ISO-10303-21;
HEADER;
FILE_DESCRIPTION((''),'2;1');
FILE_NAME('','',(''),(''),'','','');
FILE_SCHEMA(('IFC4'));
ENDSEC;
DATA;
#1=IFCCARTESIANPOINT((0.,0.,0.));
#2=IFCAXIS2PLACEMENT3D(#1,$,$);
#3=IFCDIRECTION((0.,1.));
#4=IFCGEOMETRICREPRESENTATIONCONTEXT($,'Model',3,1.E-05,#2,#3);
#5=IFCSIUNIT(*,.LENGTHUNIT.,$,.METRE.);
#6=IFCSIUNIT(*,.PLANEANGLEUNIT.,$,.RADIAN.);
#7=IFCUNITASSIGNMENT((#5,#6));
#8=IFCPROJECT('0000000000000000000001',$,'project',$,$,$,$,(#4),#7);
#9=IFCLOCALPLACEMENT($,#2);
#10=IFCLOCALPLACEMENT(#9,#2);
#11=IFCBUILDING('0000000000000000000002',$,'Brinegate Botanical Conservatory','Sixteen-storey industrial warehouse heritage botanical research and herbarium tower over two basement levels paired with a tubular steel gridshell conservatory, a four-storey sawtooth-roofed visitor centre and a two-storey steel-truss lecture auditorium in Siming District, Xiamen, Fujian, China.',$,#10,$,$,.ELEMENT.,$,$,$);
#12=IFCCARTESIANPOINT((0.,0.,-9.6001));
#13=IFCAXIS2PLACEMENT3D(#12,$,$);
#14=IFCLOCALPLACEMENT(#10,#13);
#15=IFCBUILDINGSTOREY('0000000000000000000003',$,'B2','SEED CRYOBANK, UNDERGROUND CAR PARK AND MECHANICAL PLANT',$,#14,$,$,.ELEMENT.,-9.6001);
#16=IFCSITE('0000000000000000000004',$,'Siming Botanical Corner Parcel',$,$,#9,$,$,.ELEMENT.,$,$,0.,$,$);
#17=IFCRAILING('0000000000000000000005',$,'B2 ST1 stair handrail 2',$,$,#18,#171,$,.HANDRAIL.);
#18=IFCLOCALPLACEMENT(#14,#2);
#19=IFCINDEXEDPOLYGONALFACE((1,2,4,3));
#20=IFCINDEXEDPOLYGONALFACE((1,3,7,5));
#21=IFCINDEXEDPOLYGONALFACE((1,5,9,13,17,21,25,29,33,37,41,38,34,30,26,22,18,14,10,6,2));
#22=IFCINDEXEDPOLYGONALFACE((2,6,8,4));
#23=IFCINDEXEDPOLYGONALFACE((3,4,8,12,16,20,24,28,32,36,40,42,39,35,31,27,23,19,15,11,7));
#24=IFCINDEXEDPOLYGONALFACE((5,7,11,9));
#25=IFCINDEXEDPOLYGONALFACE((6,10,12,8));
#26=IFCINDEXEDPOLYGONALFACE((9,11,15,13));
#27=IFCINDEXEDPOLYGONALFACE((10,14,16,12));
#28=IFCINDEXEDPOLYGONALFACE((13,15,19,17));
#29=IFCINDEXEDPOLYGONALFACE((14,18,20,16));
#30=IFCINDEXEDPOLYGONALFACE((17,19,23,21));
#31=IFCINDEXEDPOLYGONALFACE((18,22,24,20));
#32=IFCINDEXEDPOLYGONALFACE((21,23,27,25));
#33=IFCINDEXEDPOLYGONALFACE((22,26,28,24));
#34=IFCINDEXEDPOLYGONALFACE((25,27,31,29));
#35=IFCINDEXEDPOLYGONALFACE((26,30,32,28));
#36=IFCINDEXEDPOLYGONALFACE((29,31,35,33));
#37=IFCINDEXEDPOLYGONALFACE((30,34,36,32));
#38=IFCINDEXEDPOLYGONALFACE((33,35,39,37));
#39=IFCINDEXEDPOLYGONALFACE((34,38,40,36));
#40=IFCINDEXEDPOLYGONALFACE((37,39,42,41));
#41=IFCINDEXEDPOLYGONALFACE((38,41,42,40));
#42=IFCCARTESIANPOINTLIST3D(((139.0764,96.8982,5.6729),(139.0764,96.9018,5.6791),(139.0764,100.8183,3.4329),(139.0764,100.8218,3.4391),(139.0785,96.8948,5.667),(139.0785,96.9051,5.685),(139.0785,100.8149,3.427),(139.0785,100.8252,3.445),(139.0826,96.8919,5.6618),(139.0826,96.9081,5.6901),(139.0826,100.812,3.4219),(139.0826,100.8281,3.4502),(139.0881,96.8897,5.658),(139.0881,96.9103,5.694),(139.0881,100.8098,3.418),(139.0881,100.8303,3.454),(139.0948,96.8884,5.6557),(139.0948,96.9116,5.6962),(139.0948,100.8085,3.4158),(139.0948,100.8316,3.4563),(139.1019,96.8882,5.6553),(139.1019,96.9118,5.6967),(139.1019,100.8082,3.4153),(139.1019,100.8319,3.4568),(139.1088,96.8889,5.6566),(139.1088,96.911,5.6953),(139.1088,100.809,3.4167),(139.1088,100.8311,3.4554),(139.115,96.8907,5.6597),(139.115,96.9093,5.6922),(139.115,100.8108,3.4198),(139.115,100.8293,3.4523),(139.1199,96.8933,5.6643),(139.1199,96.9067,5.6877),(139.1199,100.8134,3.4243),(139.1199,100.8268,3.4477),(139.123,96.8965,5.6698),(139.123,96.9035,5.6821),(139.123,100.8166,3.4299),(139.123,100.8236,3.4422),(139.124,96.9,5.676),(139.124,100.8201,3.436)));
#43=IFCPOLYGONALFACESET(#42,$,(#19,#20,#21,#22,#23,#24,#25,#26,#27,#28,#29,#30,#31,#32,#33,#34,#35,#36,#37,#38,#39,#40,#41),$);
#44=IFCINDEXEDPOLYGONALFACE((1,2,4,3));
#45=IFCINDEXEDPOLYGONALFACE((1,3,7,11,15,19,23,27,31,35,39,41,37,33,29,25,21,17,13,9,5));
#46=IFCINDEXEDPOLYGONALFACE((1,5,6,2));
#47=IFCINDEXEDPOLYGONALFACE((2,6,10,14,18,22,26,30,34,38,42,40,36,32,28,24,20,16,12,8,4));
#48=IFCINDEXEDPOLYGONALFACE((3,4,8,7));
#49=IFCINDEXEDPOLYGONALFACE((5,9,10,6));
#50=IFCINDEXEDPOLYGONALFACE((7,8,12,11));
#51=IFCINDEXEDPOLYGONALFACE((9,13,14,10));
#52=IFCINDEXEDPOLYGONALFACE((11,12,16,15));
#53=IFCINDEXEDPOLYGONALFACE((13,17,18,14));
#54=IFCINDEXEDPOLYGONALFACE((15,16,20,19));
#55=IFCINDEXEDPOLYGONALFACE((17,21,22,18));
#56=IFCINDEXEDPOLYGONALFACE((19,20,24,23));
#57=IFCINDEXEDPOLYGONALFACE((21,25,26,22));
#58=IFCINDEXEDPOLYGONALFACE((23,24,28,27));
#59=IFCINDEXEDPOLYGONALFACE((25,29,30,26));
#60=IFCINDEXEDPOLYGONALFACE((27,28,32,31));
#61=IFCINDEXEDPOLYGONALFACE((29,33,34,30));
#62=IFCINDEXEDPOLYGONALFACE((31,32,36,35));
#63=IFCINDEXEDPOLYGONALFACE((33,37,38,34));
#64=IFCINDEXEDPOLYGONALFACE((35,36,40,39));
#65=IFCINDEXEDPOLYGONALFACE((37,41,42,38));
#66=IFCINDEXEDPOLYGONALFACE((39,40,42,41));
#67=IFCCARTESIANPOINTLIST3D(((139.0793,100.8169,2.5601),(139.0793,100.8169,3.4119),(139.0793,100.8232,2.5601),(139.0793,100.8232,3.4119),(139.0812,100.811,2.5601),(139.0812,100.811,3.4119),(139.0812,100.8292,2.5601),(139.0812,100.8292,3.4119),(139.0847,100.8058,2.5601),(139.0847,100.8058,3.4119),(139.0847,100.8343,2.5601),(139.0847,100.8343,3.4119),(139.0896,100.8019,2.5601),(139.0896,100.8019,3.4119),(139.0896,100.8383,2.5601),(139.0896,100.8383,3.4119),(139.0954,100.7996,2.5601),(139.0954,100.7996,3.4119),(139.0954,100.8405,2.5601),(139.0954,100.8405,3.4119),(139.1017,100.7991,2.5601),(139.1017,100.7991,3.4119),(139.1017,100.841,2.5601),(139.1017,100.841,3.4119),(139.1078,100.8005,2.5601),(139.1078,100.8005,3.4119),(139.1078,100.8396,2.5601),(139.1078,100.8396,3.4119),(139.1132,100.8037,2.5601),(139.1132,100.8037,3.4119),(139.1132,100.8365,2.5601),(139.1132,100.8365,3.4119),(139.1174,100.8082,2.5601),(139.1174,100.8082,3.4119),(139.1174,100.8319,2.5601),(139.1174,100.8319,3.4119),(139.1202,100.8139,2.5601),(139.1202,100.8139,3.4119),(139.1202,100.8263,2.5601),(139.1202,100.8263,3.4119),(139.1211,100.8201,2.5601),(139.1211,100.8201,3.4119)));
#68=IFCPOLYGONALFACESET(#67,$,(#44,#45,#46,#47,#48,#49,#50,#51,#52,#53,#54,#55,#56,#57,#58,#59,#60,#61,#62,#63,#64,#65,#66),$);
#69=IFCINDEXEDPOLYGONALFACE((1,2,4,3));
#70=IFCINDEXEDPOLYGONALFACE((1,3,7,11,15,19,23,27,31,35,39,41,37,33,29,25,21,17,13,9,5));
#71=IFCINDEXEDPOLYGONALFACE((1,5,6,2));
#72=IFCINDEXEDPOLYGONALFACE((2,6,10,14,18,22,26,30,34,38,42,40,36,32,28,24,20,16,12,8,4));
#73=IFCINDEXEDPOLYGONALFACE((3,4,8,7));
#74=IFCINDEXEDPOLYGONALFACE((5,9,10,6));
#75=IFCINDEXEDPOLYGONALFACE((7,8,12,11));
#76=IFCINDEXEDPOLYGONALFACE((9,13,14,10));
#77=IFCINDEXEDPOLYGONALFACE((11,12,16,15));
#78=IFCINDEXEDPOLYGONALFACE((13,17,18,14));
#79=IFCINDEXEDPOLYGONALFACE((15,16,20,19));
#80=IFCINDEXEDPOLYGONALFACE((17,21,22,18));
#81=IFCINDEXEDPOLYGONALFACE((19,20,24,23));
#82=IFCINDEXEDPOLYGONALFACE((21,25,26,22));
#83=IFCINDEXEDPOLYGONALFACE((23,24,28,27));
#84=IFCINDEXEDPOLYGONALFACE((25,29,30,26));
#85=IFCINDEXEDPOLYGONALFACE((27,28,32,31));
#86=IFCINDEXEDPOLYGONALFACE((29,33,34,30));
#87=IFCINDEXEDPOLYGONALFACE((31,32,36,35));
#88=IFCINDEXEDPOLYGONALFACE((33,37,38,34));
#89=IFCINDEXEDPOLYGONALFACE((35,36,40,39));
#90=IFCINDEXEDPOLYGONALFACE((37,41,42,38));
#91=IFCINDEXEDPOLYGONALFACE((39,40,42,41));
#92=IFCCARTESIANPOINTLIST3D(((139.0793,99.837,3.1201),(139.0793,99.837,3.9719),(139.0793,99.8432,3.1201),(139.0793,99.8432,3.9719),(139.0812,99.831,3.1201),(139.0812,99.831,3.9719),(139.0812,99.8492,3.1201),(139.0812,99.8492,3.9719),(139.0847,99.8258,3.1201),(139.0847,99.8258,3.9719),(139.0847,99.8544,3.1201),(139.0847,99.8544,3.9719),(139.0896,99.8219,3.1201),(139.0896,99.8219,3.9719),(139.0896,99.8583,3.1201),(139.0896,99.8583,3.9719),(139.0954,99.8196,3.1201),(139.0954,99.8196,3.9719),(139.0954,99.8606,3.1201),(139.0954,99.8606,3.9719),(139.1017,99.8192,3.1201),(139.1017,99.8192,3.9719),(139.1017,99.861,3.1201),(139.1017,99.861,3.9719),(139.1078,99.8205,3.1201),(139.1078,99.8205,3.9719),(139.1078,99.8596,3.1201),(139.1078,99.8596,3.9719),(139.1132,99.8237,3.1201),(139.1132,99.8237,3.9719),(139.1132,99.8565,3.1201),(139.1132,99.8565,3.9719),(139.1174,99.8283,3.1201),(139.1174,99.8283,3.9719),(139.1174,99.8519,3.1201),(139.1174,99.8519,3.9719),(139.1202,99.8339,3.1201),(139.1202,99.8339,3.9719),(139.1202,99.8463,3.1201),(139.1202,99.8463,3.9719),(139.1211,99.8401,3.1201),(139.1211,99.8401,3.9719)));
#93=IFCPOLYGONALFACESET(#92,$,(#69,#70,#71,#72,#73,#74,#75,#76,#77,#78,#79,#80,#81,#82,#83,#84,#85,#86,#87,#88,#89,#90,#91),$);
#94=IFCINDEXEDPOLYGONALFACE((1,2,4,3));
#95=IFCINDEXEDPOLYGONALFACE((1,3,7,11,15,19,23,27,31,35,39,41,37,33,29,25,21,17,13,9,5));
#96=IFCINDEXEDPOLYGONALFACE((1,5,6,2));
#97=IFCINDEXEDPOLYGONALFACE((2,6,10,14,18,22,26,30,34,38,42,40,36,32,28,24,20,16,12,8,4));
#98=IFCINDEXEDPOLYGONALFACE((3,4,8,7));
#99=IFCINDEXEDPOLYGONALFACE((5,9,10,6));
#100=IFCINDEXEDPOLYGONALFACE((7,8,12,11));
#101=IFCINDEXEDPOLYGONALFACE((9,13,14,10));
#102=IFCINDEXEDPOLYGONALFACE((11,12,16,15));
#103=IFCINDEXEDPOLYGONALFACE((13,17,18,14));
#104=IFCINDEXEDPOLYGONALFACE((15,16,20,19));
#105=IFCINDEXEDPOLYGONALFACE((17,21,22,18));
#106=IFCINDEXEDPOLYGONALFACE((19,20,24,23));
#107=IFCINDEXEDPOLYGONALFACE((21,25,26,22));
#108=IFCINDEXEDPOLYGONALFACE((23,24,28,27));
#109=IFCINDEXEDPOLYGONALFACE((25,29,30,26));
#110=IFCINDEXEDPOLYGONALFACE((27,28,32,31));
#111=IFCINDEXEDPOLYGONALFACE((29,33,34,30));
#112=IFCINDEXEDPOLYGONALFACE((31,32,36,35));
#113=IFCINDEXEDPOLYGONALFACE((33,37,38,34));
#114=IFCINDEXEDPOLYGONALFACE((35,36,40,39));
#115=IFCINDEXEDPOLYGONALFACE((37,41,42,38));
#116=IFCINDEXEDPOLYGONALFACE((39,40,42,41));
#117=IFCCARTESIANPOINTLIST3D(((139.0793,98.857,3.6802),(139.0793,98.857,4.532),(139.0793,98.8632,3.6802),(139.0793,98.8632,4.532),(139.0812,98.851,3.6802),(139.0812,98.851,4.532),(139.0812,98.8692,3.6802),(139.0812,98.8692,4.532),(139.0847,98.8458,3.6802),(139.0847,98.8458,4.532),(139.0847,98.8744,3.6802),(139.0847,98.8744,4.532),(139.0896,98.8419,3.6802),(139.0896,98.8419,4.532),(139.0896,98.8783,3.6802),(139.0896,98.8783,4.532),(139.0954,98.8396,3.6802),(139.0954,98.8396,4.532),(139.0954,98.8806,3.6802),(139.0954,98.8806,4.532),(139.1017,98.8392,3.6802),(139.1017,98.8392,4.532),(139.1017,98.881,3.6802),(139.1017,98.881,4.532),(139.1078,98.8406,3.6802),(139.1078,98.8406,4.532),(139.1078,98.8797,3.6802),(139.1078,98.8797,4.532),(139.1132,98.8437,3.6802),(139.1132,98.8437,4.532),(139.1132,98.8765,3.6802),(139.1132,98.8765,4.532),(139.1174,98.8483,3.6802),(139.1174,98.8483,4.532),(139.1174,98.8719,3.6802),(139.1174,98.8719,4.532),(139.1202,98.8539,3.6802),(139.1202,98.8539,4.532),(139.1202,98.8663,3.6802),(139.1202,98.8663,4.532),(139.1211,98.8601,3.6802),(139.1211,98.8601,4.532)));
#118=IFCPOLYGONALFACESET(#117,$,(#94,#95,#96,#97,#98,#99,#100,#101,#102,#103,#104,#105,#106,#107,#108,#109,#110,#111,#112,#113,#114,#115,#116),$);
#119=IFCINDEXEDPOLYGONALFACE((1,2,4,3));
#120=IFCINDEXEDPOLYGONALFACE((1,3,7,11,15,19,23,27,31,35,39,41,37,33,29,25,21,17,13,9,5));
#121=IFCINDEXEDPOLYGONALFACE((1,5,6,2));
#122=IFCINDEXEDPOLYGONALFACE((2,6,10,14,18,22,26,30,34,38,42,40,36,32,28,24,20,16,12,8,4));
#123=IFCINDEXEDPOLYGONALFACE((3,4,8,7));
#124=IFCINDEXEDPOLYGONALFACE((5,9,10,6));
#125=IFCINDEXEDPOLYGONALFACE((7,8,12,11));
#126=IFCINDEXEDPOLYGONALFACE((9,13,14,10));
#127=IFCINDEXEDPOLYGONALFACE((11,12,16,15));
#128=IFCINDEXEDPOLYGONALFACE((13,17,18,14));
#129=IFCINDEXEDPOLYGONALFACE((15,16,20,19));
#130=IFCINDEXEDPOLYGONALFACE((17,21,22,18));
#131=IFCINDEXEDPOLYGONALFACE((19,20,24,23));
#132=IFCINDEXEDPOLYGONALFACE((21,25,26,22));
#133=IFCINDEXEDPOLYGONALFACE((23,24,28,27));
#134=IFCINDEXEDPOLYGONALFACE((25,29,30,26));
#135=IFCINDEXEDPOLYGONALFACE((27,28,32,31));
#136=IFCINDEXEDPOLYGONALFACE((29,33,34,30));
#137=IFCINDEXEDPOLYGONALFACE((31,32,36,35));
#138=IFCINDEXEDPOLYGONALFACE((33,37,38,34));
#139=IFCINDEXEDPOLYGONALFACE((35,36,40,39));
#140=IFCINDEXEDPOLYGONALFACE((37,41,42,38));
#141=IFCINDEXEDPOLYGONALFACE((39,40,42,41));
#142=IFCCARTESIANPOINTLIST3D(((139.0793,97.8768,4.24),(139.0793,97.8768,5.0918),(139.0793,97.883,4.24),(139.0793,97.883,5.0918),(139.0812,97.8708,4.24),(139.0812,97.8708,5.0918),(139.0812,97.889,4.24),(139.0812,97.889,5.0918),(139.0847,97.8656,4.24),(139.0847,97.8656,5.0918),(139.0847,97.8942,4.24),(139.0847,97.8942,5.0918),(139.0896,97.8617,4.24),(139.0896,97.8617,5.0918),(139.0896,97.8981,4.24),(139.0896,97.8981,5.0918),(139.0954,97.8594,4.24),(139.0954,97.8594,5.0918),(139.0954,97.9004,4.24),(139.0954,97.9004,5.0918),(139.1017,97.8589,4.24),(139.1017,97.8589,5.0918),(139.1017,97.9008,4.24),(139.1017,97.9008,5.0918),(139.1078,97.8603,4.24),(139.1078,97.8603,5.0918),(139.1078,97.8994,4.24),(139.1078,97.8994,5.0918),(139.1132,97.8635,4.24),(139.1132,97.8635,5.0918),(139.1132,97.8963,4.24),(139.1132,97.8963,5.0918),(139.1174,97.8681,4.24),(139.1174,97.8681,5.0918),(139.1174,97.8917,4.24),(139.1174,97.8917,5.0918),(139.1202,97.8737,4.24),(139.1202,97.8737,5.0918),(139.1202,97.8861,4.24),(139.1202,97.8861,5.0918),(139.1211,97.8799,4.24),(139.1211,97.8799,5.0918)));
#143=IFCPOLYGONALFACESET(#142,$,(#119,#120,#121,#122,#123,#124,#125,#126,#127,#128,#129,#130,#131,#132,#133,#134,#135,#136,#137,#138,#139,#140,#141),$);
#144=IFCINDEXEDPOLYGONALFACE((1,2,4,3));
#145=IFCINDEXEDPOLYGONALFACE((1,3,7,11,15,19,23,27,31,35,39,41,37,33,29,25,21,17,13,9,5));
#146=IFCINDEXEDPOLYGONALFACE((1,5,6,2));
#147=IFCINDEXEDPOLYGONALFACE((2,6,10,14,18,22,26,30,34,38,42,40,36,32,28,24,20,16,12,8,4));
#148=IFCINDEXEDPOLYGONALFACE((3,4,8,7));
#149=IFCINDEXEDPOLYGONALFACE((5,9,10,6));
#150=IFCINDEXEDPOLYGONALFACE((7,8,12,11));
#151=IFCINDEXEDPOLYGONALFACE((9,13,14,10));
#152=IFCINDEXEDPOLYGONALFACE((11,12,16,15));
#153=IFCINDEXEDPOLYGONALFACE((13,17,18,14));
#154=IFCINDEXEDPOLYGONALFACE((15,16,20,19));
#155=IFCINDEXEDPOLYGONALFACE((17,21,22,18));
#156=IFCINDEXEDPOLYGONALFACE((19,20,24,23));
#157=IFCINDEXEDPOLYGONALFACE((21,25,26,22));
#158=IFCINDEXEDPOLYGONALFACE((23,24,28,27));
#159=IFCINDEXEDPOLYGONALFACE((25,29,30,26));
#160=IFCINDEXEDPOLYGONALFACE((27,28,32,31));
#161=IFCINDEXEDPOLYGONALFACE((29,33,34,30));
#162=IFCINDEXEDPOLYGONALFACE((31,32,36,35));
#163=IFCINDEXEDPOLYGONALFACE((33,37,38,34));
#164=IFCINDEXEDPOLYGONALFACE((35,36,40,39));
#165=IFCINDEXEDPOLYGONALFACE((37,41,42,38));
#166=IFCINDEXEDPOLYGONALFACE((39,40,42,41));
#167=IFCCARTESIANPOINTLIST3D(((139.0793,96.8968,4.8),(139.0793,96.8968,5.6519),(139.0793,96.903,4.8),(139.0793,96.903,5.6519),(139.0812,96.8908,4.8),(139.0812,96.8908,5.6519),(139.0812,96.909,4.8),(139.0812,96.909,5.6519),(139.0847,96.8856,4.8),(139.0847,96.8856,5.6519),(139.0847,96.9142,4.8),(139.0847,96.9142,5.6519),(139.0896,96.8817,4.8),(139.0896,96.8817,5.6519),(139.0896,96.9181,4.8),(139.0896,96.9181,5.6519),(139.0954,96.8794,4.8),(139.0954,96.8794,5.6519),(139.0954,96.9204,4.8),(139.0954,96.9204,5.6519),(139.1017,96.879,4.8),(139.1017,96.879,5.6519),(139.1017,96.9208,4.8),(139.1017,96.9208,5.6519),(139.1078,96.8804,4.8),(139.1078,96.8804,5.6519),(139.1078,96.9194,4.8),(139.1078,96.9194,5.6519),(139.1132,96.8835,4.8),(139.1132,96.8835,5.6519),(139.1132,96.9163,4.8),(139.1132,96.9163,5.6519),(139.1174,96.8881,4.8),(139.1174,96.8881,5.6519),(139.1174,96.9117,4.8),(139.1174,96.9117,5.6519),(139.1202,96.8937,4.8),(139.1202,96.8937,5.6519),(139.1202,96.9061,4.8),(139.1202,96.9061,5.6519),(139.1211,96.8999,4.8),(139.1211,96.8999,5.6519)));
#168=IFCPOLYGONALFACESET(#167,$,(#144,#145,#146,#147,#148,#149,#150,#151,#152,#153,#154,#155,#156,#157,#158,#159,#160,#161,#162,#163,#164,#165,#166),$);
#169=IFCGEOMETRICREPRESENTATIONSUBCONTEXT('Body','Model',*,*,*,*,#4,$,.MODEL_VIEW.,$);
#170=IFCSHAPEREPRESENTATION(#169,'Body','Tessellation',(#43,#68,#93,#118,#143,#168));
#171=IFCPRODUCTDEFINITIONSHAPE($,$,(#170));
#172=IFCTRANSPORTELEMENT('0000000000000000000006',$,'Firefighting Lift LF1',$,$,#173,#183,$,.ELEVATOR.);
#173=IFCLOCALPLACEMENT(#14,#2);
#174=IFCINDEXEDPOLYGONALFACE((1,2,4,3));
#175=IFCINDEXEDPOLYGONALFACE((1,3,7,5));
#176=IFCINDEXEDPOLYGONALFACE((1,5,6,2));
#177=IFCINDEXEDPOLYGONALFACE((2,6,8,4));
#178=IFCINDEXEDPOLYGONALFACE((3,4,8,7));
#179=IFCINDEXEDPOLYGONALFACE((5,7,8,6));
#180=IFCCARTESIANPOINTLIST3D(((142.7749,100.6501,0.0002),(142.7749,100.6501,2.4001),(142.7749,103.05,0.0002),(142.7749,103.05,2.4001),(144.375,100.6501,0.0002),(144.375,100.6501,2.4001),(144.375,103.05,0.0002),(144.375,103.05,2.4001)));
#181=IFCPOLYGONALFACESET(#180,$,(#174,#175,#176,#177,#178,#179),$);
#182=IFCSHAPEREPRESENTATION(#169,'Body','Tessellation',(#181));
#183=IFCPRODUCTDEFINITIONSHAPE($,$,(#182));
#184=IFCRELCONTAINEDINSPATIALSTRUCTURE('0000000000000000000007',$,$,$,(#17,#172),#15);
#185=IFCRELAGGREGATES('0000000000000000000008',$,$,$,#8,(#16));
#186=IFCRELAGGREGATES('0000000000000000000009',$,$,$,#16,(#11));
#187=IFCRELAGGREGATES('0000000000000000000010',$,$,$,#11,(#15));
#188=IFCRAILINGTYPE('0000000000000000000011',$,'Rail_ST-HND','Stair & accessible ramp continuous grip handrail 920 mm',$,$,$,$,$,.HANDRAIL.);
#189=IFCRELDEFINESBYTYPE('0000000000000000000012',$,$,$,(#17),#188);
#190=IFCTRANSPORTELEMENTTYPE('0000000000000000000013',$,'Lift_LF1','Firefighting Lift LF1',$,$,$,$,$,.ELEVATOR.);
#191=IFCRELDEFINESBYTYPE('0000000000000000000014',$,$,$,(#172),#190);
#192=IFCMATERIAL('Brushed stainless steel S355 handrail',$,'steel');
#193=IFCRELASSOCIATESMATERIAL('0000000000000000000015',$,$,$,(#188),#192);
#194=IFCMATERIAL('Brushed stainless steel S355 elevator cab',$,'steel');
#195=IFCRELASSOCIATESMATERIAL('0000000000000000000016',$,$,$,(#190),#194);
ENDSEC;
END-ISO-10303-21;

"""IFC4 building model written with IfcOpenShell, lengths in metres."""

from ifc_helpers import new_model, si_unit, direction, frame, origin, origin_2d, place, context, subcontext, project, spatial, rectangle, circle, extrude, material, type_object, element, save


model = new_model("IFC4")

# Units and contexts
model_context = context("Model", 3, precision=1e-05, world=origin(), true_north=direction((0.0, 1.0)))
body_context = subcontext(model_context, "Body", "Model", "MODEL_VIEW")
ifc_project = project(units=[si_unit("LENGTHUNIT", "METRE"), si_unit("PLANEANGLEUNIT", "RADIAN")], contexts=[model_context])

# Site, building, storey
site_placement = place(None, origin())
site = spatial("IfcSite", under=ifc_project, at=site_placement, Name="Siming Botanical Corner Parcel", CompositionType="ELEMENT", RefElevation=0.0)
building_placement = place(site_placement, origin())
building = spatial("IfcBuilding", under=site, at=building_placement, Name="Brinegate Botanical Conservatory", Description="Sixteen-storey industrial warehouse heritage botanical research and herbarium tower over two basement levels paired with a tubular steel gridshell conservatory, a four-storey sawtooth-roofed visitor centre and a two-storey steel-truss lecture auditorium in Siming District, Xiamen, Fujian, China.", CompositionType="ELEMENT")
storey_placement = place(building_placement, frame((0.0, 0.0, -9.6001)))
storey = spatial("IfcBuildingStorey", under=building, at=storey_placement, Name="B2", Description="SEED CRYOBANK, UNDERGROUND CAR PARK AND MECHANICAL PLANT", CompositionType="ELEMENT", Elevation=-9.6001)

# Railing
ifc_material_1 = material(Name="Brushed stainless steel S355 handrail", Category="steel")
railing_type_1 = type_object("IfcRailingType", Name="Rail_ST-HND", Description="Stair & accessible ramp continuous grip handrail 920 mm", PredefinedType="HANDRAIL", material=ifc_material_1)
railing_1_placement = place(storey_placement, frame((139.1001, 100.8201, 2.5601)))
element("IfcRailing", 1, at=railing_1_placement, inside=storey, type_object=railing_type_1, Name="B2 ST1 stair handrail 2", PredefinedType="HANDRAIL", context=body_context, shape_type="SweptSolid", body=[
    extrude(circle(Radius=0.0239, at=origin_2d()), frame((0.0, 0.0, 0.876), z_axis=(0.0, -0.868253, 0.496121), x_axis=(1.0, 0.0, 0.0)), (0.0, 0.0, 1.0), 4.5149),
    extrude(circle(Radius=0.021, at=origin_2d()), origin(), (0.0, 0.0, 1.0), 0.8518),
    extrude(circle(Radius=0.021, at=origin_2d()), frame((0.0, -0.98, 0.5601)), (0.0, 0.0, 1.0), 0.8518),
    extrude(circle(Radius=0.021, at=origin_2d()), frame((0.0, -1.96, 1.1201)), (0.0, 0.0, 1.0), 0.8518),
    extrude(circle(Radius=0.021, at=origin_2d()), frame((0.0, -2.9402, 1.6799)), (0.0, 0.0, 1.0), 0.8518),
    extrude(circle(Radius=0.021, at=origin_2d()), frame((0.0, -3.9202, 2.24)), (0.0, 0.0, 1.0), 0.8518),
])

# Transport element
ifc_material_2 = material(Name="Brushed stainless steel S355 elevator cab", Category="steel")
transport_element_type = type_object("IfcTransportElementType", Name="Lift_LF1", Description="Firefighting Lift LF1", PredefinedType="ELEVATOR", material=ifc_material_2)
transport_element_placement = place(storey_placement, frame((143.575, 101.8501, 0.0002), z_axis=(0.0, 0.0, 1.0), x_axis=(1.0, 0.0, 0.0)))
element("IfcTransportElement", 2, at=transport_element_placement, inside=storey, type_object=transport_element_type, Name="Firefighting Lift LF1", PredefinedType="ELEVATOR", context=body_context, shape_type="SweptSolid", body=[
    extrude(rectangle(XDim=1.6001, YDim=2.3999, at=origin_2d()), origin(), (0.0, 0.0, 1.0), 2.3999),
])

save(model, "model.ifc")
